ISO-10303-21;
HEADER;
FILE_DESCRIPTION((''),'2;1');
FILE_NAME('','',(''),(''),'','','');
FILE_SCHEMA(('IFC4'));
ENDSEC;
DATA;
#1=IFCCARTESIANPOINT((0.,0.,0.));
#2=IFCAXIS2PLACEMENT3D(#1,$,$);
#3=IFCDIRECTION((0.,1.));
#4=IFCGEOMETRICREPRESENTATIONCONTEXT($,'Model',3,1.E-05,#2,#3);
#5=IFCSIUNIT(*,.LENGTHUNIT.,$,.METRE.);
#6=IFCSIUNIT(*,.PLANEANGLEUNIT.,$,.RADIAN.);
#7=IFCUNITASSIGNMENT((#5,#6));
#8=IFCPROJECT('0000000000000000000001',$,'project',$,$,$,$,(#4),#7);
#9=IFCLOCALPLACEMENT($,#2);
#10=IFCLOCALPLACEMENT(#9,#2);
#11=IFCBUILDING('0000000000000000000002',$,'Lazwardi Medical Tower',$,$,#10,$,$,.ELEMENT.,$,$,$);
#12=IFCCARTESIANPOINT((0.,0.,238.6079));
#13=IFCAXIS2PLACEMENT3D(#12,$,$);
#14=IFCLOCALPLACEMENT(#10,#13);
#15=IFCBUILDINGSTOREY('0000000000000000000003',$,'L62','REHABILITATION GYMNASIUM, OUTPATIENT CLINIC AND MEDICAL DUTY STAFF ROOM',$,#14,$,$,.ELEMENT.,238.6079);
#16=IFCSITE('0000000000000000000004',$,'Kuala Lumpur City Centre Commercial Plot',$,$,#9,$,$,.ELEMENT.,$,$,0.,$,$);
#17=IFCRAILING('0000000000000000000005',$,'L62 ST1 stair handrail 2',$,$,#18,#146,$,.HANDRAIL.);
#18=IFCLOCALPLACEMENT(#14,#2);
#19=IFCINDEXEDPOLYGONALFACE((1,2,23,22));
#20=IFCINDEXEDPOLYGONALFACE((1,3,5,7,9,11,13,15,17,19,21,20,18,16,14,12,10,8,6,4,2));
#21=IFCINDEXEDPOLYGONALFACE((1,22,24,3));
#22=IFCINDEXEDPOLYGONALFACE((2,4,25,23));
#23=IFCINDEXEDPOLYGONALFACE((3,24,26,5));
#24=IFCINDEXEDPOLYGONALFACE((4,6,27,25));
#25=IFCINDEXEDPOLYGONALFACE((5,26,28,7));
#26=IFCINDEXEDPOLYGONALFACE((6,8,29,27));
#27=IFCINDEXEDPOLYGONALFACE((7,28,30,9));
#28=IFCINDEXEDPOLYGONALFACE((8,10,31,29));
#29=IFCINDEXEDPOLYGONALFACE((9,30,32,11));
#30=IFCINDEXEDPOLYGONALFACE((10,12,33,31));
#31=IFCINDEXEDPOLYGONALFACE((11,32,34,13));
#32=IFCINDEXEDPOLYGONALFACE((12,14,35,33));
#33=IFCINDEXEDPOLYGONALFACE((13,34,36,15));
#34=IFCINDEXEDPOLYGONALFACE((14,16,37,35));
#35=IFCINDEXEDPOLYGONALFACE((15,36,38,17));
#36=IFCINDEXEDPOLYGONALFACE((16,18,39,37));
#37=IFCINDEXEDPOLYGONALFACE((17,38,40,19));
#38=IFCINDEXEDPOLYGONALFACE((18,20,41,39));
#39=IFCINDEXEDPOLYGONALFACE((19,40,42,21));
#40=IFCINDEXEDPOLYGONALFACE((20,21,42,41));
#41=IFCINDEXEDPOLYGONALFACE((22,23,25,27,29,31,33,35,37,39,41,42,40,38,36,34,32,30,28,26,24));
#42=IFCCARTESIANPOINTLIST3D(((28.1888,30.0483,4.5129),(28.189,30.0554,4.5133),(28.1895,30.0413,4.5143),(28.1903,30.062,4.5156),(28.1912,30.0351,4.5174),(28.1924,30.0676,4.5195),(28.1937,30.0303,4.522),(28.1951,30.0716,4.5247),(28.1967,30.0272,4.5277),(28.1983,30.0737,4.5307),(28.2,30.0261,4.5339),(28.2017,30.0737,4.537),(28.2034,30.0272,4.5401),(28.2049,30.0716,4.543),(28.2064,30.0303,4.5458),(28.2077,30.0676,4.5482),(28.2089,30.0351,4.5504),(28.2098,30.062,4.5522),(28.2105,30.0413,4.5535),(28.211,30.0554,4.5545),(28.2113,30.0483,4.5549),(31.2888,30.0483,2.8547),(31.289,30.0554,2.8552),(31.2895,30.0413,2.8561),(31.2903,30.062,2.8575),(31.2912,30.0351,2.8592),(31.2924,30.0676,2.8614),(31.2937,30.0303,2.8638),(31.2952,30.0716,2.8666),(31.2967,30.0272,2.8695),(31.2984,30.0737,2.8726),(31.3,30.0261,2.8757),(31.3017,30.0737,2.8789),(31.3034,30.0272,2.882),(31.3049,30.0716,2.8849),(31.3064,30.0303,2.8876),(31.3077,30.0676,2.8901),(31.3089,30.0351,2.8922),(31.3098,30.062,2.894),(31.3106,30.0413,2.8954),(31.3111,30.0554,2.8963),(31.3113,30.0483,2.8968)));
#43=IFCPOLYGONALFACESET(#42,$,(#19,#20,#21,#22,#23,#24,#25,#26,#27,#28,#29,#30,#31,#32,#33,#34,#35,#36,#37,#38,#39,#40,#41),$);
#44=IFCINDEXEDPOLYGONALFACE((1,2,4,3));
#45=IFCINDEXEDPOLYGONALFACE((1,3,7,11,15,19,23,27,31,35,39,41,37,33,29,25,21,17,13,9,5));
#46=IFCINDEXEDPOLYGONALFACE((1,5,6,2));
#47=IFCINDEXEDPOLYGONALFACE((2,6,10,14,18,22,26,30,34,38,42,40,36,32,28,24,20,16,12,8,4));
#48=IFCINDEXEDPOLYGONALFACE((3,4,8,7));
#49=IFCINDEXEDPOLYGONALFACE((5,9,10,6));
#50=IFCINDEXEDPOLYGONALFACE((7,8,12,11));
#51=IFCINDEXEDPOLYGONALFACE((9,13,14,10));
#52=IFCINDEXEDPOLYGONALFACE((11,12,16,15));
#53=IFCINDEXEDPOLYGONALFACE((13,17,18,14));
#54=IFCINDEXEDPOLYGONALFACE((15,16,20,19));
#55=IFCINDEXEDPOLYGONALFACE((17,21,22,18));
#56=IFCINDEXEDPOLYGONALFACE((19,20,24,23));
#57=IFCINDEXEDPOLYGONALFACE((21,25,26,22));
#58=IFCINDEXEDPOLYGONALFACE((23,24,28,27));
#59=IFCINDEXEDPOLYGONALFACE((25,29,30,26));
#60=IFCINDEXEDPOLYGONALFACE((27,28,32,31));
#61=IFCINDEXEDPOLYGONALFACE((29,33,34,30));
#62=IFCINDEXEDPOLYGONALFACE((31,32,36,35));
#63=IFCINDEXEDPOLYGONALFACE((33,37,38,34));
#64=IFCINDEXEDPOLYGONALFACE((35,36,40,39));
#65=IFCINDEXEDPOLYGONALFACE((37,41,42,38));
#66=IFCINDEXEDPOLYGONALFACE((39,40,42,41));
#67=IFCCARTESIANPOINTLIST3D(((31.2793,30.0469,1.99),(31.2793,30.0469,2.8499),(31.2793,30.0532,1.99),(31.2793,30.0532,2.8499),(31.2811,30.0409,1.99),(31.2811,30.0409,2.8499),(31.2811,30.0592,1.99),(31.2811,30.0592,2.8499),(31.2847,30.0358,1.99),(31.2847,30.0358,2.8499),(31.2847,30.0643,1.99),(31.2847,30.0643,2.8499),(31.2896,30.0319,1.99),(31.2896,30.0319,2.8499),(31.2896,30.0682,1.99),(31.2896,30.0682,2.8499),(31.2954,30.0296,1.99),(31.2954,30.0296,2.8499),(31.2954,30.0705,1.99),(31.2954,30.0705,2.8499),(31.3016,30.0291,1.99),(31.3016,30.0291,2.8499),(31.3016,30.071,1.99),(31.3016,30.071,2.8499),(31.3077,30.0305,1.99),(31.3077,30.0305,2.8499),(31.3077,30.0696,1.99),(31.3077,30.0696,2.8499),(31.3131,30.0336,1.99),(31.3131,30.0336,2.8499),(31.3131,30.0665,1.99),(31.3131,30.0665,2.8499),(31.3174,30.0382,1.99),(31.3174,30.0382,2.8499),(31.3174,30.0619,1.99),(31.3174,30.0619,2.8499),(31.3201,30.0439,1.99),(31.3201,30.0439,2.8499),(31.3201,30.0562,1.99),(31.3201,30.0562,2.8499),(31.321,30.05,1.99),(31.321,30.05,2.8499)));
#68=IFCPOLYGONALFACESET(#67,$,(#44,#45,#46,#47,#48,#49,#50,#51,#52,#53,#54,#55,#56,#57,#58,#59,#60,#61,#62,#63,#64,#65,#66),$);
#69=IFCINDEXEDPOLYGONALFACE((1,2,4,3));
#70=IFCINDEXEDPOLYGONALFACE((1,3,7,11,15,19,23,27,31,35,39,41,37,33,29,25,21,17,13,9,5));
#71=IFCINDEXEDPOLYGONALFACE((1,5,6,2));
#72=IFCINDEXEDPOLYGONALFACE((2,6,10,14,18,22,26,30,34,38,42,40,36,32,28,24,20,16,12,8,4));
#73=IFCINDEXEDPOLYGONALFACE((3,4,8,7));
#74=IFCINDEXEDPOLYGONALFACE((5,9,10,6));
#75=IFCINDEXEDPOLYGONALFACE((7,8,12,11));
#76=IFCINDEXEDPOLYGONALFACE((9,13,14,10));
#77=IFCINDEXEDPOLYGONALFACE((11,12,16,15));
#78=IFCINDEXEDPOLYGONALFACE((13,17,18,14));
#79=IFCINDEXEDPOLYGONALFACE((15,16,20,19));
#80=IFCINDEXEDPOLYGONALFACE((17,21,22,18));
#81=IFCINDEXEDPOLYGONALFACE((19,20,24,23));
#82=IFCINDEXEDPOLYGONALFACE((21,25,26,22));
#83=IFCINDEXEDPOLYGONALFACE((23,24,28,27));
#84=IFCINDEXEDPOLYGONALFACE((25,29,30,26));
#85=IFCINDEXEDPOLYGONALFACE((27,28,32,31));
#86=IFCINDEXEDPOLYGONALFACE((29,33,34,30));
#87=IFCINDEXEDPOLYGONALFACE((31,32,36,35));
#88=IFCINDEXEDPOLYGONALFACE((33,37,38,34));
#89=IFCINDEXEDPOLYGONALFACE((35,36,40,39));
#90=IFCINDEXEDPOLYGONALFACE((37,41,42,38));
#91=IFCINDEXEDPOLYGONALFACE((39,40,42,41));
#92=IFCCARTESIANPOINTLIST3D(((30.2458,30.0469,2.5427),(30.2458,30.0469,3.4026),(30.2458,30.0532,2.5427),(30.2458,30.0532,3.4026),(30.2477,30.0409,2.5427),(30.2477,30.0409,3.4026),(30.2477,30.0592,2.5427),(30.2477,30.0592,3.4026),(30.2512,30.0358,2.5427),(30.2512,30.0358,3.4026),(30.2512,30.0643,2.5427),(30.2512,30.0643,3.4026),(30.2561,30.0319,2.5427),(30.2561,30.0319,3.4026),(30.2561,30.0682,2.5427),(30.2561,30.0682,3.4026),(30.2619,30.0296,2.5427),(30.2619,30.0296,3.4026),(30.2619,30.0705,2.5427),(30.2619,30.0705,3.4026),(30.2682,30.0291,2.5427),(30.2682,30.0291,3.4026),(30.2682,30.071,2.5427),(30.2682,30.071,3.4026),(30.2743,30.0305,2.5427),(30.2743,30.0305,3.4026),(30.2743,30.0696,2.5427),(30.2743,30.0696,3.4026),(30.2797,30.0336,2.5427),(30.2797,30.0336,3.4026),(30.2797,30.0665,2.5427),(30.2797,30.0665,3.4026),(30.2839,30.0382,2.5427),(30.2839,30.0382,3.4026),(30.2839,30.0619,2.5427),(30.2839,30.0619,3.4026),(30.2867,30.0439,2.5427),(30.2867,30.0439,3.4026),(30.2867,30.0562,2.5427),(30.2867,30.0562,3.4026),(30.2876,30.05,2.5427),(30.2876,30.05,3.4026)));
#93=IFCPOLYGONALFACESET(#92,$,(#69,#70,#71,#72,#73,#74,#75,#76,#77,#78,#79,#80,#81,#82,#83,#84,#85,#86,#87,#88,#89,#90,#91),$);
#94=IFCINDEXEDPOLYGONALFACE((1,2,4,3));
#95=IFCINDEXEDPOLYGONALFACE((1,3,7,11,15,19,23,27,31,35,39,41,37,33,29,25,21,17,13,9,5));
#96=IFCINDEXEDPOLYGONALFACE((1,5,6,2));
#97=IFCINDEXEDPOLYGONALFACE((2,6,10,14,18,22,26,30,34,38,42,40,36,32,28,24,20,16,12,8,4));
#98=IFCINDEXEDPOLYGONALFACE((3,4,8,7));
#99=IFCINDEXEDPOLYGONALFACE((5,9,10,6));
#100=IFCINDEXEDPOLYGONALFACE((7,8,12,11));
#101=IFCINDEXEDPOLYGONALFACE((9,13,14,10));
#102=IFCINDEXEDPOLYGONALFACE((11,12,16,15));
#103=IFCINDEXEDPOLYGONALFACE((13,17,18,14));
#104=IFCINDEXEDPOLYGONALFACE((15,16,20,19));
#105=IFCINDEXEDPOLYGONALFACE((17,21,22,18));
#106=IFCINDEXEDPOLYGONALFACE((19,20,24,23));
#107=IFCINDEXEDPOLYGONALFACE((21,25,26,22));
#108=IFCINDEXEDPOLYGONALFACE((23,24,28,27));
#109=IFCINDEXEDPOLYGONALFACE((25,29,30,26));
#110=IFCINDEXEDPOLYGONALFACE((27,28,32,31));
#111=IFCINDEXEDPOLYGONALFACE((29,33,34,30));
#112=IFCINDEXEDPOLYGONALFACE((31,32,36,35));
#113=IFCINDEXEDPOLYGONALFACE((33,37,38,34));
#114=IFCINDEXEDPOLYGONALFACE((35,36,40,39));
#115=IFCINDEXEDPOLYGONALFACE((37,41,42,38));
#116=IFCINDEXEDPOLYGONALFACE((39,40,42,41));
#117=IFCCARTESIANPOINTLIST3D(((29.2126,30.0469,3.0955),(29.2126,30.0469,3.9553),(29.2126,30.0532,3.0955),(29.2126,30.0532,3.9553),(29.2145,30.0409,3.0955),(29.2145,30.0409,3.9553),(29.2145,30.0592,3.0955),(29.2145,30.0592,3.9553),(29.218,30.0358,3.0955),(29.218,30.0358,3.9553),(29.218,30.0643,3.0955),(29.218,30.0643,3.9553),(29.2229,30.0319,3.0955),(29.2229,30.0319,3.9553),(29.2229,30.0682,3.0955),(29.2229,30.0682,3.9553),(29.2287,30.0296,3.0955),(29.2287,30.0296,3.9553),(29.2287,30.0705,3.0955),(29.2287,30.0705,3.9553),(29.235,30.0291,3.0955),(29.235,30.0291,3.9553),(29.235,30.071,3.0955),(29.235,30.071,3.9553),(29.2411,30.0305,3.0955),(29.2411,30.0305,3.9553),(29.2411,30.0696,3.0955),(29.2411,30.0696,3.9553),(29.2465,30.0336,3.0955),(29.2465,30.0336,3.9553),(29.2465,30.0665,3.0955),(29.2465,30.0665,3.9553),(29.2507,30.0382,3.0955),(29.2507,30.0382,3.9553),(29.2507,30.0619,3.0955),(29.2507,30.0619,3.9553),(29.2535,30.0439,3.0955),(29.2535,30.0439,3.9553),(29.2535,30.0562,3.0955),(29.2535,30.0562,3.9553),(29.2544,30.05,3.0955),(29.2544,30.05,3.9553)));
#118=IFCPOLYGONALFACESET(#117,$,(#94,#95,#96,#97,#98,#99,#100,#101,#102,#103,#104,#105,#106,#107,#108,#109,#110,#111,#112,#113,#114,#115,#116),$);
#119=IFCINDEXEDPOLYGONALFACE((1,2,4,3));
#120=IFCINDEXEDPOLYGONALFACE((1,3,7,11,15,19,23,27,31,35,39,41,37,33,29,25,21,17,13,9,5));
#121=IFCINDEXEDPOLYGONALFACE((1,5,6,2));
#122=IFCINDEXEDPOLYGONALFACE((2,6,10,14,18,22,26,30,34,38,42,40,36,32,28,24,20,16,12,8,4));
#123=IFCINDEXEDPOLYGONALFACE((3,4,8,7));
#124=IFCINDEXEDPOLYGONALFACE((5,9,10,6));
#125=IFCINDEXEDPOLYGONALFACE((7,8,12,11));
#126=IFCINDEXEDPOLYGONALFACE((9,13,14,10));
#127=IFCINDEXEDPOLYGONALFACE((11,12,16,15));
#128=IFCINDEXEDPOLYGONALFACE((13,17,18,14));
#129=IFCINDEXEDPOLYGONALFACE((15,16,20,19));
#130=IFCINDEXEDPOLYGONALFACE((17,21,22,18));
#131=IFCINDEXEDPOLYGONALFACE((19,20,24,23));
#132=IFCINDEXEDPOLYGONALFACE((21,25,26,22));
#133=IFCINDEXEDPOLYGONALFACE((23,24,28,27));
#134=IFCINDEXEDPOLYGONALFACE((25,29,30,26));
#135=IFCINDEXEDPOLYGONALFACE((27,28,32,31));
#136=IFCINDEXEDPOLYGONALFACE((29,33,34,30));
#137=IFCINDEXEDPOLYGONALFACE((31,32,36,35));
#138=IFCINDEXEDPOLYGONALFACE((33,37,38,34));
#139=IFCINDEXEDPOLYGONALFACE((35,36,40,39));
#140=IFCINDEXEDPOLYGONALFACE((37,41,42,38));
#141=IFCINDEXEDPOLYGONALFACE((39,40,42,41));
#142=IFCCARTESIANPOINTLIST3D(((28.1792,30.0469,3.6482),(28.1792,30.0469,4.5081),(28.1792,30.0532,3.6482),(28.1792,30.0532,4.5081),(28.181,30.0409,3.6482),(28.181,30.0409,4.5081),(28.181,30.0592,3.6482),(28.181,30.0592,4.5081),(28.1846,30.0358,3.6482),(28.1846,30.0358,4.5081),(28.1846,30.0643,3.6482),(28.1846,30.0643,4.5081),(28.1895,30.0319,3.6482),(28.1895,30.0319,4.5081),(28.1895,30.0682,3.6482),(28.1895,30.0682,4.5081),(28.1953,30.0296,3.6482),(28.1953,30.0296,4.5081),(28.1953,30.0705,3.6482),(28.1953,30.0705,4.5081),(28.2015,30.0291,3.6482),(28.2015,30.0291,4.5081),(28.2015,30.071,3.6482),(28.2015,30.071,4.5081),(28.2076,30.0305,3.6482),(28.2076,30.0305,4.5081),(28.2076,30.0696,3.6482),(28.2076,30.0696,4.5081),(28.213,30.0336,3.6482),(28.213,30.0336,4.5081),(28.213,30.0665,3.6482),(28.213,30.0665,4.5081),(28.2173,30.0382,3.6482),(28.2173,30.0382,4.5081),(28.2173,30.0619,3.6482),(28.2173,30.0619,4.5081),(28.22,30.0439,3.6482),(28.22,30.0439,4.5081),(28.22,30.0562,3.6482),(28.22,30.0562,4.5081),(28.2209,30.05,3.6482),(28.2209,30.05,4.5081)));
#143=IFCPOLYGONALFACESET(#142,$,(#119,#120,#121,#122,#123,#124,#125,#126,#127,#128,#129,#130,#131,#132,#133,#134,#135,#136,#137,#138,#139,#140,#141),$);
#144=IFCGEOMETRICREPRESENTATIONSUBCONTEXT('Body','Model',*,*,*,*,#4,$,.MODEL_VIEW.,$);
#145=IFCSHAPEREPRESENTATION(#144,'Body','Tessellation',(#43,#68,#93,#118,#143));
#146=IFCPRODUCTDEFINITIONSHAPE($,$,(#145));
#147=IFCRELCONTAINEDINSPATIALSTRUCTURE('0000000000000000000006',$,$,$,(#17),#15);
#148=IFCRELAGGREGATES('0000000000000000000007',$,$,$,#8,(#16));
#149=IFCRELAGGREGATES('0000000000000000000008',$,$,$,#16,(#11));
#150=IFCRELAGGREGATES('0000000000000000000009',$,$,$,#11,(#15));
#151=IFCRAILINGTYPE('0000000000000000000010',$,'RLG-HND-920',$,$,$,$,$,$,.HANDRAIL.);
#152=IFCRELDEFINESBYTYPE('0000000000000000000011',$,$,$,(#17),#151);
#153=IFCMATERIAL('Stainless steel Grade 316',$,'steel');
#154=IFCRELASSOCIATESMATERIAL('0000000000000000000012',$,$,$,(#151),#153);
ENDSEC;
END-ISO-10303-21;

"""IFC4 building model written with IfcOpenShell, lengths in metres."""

from ifc_helpers import new_model, si_unit, direction, frame, origin, origin_2d, place, context, subcontext, project, spatial, circle, extrude, material, type_object, element, save


model = new_model("IFC4")

# Units and contexts
model_context = context("Model", 3, precision=1e-05, world=origin(), true_north=direction((0.0, 1.0)))
body_context = subcontext(model_context, "Body", "Model", "MODEL_VIEW")
ifc_project = project(units=[si_unit("LENGTHUNIT", "METRE"), si_unit("PLANEANGLEUNIT", "RADIAN")], contexts=[model_context])

# Site, building, storey
site_placement = place(None, origin())
site = spatial("IfcSite", under=ifc_project, at=site_placement, Name="Kuala Lumpur City Centre Commercial Plot", CompositionType="ELEMENT", RefElevation=0.0)
building_placement = place(site_placement, origin())
building = spatial("IfcBuilding", under=site, at=building_placement, Name="Lazwardi Medical Tower", CompositionType="ELEMENT")
storey_placement = place(building_placement, frame((0.0, 0.0, 238.6079)))
storey = spatial("IfcBuildingStorey", under=building, at=storey_placement, Name="L62", Description="REHABILITATION GYMNASIUM, OUTPATIENT CLINIC AND MEDICAL DUTY STAFF ROOM", CompositionType="ELEMENT", Elevation=238.6079)

# Railing
ifc_material_1 = material(Name="Stainless steel Grade 316", Category="steel")
railing_type_1 = type_object("IfcRailingType", Name="RLG-HND-920", PredefinedType="HANDRAIL", material=ifc_material_1)
railing_1_placement = place(storey_placement, frame((31.3, 30.05, 1.99)))
element("IfcRailing", 1, at=railing_1_placement, inside=storey, type_object=railing_type_1, Name="L62 ST1 stair handrail 2", PredefinedType="HANDRAIL", context=body_context, shape_type="SweptSolid", body=[
    extrude(circle(Radius=0.0239, at=origin_2d()), frame((0.0, 0.0, 0.8857), z_axis=(-0.881783, 0.0, 0.471655), x_axis=(0.0, -1.0, 0.0)), (0.0, 0.0, 1.0), 3.5156),
    extrude(circle(Radius=0.021, at=origin_2d()), origin(), (0.0, 0.0, 1.0), 0.8599),
    extrude(circle(Radius=0.021, at=origin_2d()), frame((-1.0334, 0.0, 0.5527)), (0.0, 0.0, 1.0), 0.8599),
    extrude(circle(Radius=0.021, at=origin_2d()), frame((-2.0667, 0.0, 1.1055)), (0.0, 0.0, 1.0), 0.8599),
    extrude(circle(Radius=0.021, at=origin_2d()), frame((-3.1001, 0.0, 1.6582)), (0.0, 0.0, 1.0), 0.8599),
])

save(model, "model.ifc")
